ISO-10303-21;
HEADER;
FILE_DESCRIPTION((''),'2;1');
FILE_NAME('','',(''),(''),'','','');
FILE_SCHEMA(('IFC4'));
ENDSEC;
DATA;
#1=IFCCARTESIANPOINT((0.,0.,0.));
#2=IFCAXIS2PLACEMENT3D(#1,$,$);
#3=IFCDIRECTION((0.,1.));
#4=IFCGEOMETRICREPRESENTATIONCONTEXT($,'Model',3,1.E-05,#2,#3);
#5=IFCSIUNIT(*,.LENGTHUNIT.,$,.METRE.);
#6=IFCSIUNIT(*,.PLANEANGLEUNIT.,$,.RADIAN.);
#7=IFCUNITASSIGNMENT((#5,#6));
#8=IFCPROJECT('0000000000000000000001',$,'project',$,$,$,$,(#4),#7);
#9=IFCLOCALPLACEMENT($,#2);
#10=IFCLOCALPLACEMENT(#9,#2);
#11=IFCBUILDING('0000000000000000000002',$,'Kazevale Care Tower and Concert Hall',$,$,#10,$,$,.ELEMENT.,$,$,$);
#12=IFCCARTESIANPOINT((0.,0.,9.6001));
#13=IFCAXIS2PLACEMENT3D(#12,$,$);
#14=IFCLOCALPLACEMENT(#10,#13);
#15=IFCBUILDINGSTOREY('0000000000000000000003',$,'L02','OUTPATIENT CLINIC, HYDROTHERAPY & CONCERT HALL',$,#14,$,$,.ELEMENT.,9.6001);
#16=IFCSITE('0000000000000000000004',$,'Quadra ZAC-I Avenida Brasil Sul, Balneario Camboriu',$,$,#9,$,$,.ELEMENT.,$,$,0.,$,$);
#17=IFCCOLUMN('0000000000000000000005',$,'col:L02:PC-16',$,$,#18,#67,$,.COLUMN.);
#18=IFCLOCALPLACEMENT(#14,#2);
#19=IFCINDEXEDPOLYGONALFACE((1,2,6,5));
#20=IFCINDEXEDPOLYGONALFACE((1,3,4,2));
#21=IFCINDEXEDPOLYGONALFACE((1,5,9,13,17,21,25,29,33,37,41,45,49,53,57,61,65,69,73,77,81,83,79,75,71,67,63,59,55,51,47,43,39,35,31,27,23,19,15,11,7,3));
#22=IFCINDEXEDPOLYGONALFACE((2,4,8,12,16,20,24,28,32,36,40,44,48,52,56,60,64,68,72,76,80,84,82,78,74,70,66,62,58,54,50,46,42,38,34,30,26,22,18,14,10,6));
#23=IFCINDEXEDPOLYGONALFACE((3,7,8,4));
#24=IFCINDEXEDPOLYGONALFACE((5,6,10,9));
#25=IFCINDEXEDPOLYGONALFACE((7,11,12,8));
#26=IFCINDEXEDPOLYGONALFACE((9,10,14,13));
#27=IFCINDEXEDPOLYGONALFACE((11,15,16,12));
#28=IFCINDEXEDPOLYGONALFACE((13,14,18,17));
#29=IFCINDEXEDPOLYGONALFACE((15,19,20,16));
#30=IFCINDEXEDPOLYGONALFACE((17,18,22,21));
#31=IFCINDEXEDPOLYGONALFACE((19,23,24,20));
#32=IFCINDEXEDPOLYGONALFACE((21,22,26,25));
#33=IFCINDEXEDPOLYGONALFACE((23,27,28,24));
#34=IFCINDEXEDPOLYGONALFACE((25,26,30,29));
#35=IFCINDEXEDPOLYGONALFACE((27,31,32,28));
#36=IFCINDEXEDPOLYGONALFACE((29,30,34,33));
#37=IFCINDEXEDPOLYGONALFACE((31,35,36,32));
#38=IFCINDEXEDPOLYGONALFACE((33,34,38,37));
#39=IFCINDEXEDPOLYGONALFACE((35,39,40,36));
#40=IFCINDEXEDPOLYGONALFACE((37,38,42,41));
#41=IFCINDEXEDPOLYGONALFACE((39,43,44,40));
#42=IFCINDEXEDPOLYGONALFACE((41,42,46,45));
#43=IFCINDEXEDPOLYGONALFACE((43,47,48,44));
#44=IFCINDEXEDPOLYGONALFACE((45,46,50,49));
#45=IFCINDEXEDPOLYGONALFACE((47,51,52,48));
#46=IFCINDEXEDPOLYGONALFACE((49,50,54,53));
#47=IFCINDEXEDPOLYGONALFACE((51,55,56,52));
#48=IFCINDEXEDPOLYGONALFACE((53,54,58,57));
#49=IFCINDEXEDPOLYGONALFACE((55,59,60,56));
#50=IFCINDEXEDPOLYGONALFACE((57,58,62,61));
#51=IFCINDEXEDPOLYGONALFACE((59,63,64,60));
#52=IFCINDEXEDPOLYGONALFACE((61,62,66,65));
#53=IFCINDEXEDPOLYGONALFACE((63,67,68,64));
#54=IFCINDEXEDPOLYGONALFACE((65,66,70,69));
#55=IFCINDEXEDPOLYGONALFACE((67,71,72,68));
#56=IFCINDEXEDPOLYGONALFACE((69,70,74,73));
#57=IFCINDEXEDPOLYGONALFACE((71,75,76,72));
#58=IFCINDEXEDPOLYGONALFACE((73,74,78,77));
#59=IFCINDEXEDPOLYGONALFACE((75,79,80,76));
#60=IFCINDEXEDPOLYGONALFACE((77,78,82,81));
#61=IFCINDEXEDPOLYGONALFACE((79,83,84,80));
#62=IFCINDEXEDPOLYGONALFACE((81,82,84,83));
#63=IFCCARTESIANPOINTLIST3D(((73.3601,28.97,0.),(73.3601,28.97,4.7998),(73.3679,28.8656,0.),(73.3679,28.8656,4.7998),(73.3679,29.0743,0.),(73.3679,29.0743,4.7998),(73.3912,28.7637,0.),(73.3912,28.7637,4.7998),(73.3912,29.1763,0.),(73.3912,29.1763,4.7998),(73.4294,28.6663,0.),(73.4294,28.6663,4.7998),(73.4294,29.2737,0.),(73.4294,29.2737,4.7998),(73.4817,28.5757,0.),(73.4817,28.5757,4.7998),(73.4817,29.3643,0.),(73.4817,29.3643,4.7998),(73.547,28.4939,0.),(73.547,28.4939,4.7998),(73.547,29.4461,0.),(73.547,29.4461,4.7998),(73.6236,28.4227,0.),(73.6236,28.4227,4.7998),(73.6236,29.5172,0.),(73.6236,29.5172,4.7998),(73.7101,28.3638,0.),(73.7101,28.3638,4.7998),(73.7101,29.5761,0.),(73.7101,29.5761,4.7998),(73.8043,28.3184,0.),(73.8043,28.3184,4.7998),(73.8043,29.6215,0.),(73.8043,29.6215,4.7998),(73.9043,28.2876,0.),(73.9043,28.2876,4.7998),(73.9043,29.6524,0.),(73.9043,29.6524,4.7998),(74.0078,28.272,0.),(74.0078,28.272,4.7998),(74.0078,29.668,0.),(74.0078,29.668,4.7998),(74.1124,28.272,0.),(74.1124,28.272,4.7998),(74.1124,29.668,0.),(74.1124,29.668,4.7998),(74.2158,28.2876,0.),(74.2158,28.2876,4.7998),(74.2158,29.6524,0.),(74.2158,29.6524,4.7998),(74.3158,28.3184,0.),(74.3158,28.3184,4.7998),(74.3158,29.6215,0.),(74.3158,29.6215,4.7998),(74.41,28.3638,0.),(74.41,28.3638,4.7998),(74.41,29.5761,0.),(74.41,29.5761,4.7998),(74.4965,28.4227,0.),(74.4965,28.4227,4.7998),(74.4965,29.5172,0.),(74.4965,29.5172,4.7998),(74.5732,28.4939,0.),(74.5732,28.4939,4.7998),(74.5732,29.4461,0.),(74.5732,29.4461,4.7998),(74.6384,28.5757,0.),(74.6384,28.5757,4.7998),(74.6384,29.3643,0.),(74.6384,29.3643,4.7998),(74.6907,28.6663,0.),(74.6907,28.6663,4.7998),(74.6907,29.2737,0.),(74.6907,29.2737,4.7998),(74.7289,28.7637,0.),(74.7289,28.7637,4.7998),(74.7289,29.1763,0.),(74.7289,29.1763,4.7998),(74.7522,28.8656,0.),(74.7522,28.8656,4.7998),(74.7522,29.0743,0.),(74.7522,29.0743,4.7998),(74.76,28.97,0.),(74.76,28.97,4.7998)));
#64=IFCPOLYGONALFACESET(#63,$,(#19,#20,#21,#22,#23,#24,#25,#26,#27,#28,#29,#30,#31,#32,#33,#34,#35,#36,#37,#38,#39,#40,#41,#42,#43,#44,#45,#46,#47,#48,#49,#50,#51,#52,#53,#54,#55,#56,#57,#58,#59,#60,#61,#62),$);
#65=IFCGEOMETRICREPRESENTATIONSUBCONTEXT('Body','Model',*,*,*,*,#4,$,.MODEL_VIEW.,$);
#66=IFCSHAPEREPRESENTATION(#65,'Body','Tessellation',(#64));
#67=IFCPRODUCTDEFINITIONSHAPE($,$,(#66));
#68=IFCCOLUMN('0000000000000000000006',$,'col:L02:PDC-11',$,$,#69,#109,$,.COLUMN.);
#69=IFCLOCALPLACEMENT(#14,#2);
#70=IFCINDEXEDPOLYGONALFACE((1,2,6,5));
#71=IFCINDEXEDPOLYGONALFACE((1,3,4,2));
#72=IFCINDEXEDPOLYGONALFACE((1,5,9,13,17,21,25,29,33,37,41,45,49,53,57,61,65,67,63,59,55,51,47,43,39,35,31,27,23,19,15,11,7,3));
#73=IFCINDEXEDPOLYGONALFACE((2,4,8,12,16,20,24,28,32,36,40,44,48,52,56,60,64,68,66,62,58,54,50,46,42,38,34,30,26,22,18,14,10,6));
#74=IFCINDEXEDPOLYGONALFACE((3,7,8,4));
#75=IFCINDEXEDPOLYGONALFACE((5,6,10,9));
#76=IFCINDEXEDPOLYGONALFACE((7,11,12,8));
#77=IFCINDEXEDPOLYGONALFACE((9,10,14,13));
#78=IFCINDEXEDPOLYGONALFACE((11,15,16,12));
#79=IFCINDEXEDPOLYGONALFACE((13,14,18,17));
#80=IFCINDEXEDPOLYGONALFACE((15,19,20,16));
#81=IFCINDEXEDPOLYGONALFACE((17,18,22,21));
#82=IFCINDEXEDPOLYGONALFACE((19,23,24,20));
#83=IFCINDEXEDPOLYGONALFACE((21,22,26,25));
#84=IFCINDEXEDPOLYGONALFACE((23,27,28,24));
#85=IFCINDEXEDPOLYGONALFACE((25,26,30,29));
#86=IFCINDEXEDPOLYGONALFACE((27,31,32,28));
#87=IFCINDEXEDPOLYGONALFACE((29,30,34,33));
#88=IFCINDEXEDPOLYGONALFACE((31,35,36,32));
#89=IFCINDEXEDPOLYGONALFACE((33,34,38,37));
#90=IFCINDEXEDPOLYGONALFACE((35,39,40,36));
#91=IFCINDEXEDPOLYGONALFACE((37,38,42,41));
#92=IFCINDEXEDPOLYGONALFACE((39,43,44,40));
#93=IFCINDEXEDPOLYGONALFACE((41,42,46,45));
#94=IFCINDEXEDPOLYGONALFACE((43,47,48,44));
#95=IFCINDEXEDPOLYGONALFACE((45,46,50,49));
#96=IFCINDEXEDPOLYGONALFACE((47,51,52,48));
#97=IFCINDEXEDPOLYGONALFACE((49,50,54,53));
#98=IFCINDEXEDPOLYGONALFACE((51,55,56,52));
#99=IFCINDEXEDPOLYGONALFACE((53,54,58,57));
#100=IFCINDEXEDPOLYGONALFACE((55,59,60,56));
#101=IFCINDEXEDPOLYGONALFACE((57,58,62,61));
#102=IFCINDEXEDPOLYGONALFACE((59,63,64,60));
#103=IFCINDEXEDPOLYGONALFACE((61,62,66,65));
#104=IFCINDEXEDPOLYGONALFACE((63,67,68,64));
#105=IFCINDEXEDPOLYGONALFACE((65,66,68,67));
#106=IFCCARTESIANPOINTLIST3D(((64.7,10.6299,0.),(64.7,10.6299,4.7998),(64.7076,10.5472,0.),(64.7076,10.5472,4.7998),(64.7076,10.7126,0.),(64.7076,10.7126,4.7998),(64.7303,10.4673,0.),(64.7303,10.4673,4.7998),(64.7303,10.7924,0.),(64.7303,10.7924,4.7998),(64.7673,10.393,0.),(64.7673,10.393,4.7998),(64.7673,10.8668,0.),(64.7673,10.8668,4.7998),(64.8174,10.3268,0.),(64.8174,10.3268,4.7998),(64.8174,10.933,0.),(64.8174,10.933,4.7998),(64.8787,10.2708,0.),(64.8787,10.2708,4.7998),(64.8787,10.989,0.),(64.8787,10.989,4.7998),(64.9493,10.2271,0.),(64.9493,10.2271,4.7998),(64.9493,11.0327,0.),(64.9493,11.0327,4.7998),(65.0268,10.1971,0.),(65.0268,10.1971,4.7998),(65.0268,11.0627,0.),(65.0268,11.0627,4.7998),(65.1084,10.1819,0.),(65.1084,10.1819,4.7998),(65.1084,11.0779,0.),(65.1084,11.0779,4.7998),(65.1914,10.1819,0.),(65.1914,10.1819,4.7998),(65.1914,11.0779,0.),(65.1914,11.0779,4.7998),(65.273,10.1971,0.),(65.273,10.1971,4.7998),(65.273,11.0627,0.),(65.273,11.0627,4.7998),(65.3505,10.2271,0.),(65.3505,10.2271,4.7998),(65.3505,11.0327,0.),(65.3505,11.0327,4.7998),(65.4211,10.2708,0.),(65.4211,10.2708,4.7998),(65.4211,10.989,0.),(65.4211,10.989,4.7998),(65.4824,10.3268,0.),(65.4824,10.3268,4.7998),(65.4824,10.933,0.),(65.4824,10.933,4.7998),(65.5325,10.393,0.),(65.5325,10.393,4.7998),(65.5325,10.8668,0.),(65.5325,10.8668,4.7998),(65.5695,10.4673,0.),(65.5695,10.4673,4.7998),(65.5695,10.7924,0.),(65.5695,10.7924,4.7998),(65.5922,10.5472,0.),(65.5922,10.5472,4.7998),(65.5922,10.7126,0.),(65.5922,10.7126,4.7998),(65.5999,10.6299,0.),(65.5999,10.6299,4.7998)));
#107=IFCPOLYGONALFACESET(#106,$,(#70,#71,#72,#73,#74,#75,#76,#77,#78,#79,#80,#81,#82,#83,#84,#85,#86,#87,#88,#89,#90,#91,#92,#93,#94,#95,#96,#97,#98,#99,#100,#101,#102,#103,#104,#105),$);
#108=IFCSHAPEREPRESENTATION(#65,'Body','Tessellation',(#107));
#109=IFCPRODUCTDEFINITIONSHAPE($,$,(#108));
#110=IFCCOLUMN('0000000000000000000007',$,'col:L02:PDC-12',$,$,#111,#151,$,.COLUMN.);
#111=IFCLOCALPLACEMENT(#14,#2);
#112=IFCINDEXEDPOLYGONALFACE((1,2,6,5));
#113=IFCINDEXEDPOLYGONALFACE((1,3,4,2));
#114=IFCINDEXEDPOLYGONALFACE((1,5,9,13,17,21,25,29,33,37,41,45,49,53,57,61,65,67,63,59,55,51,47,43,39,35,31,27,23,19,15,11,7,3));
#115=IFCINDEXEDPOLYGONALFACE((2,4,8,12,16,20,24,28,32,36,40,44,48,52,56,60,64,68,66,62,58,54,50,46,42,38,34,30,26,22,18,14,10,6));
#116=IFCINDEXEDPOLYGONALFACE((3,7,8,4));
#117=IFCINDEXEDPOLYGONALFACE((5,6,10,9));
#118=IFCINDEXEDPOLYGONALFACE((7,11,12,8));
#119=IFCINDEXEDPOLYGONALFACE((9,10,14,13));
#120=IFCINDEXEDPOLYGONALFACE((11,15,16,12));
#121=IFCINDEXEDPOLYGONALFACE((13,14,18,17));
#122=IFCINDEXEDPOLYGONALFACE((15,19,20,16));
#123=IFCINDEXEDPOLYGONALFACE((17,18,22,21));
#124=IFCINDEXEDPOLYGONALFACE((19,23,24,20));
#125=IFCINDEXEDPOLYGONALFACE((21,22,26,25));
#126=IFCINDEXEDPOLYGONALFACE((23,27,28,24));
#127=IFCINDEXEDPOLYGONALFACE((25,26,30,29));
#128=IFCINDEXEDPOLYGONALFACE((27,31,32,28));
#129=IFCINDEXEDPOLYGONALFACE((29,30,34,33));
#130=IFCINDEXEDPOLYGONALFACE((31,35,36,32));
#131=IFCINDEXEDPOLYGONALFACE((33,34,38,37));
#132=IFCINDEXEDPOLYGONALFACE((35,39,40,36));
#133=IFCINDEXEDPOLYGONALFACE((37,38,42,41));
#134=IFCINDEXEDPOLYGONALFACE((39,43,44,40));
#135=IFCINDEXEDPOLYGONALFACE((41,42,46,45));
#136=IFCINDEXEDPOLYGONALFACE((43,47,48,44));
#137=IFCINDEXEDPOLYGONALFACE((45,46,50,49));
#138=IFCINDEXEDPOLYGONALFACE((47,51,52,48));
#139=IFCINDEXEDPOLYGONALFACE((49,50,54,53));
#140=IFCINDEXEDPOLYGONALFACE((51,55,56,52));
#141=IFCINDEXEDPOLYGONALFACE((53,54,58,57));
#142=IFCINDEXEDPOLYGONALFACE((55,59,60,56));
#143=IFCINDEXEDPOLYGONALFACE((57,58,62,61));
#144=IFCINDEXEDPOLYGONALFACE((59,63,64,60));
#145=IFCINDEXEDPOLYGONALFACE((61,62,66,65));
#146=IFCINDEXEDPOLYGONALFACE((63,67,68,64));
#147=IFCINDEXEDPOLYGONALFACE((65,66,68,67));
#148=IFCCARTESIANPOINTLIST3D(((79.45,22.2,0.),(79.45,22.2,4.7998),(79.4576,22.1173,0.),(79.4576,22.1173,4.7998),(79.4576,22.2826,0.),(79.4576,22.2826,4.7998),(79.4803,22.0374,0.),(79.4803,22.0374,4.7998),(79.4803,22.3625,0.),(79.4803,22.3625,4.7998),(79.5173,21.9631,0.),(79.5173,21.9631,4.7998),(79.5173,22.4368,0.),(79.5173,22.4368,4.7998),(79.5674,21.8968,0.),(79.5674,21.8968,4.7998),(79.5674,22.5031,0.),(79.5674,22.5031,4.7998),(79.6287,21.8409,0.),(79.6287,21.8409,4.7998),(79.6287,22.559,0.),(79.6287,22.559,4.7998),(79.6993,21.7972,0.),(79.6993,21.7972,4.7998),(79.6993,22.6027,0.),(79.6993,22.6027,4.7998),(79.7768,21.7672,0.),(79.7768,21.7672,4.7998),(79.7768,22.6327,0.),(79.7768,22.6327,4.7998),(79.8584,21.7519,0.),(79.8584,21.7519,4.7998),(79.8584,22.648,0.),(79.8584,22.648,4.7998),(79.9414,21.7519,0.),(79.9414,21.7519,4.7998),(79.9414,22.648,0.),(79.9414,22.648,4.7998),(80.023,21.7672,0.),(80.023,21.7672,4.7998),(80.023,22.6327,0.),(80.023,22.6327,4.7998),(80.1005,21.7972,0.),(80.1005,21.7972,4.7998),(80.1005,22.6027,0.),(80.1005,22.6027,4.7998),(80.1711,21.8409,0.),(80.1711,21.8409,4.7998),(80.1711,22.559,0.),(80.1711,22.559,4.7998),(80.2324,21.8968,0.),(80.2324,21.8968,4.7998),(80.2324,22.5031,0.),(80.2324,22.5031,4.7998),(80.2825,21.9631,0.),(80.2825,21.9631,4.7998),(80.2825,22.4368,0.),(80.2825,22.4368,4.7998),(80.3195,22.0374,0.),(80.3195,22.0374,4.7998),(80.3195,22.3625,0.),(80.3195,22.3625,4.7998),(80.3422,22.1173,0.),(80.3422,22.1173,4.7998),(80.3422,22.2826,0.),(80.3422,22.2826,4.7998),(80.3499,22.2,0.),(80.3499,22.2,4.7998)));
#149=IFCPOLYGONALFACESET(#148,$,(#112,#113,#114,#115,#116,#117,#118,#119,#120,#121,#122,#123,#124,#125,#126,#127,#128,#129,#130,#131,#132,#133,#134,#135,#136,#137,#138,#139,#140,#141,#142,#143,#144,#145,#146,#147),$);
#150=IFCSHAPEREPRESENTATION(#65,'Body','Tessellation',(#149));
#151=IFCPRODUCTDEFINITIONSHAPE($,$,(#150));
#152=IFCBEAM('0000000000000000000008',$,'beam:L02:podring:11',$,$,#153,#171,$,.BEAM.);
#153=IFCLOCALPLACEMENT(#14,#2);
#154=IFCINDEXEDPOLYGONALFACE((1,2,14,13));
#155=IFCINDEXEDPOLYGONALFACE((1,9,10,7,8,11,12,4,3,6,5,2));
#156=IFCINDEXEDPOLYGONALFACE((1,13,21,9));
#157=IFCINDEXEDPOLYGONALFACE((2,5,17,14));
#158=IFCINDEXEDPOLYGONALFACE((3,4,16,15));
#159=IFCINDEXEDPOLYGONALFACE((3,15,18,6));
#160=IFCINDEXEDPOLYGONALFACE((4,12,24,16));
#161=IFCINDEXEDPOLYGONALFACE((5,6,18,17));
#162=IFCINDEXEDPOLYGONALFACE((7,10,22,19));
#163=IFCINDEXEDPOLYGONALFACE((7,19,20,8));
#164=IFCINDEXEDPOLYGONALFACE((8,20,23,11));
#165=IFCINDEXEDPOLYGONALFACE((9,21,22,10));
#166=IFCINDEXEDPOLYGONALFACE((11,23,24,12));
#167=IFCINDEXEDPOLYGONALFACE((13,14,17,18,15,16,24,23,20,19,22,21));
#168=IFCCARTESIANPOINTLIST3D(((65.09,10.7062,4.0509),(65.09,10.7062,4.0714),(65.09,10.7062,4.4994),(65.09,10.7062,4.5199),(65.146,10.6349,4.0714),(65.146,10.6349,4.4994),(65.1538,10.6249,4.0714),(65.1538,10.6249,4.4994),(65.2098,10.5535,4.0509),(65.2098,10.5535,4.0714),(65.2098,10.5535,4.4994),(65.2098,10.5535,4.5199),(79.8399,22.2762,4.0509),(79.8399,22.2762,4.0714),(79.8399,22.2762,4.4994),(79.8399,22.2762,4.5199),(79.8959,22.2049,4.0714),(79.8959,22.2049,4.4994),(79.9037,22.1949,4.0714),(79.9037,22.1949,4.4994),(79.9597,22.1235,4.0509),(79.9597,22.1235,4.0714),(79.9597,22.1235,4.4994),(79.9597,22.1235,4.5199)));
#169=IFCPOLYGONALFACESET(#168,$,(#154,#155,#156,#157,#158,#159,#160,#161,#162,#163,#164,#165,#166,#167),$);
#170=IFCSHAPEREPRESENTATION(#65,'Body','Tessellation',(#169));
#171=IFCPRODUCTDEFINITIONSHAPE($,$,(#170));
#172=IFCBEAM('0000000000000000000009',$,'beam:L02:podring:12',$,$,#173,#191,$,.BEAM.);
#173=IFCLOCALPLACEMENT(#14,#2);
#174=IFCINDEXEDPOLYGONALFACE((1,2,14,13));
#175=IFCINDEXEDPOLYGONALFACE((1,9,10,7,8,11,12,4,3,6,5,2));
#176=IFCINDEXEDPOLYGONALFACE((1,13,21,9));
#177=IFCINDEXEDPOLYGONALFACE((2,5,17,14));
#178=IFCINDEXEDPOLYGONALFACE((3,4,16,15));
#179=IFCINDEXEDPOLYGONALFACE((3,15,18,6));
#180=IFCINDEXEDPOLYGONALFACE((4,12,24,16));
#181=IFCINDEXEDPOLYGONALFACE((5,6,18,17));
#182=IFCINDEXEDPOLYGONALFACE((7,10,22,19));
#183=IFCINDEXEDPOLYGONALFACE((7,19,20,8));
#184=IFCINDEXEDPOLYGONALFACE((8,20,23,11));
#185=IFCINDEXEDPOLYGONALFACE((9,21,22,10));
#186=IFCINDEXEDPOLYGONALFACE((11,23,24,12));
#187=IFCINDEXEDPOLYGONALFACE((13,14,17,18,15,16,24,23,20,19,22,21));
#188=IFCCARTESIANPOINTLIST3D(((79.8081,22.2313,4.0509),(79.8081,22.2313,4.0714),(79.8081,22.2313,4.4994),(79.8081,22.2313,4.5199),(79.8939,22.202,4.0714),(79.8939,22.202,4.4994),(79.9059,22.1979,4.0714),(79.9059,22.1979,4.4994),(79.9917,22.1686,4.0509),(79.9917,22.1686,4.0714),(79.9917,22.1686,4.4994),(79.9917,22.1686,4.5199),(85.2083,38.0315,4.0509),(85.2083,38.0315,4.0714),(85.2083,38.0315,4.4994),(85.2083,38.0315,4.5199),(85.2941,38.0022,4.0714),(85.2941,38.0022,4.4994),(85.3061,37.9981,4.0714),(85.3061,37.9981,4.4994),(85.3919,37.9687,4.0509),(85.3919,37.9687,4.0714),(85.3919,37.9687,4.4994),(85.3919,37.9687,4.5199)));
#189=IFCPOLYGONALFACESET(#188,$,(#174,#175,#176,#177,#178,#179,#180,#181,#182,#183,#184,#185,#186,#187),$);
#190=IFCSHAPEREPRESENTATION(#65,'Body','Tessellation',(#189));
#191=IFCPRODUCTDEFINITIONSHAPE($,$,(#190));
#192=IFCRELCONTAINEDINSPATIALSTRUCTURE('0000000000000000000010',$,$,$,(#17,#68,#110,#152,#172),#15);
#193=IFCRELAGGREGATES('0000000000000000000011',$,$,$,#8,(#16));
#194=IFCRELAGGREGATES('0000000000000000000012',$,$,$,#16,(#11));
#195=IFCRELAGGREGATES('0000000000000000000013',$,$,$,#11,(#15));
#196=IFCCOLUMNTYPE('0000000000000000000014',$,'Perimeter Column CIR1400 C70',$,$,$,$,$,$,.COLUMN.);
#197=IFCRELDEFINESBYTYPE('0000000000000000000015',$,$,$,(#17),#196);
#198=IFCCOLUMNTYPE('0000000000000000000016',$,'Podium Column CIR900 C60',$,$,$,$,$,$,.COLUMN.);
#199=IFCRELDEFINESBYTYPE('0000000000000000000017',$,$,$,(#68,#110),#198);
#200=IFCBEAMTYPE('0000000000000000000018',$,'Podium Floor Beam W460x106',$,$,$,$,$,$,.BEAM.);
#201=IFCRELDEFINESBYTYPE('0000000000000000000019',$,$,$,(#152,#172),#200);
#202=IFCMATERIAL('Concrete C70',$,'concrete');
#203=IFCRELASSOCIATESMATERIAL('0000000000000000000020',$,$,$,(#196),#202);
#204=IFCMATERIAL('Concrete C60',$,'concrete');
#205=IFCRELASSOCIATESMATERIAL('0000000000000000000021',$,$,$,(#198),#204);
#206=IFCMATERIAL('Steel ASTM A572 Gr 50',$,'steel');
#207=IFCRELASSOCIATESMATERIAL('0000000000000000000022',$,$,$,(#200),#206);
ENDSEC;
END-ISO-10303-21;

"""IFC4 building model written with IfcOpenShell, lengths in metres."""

from ifc_helpers import new_model, si_unit, direction, frame, origin, origin_2d, place, context, subcontext, project, spatial, circle, i_section, extrude, material, material_profile, profile_set, type_object, element, save


model = new_model("IFC4")

# Units and contexts
model_context = context("Model", 3, precision=1e-05, world=origin(), true_north=direction((0.0, 1.0)))
body_context = subcontext(model_context, "Body", "Model", "MODEL_VIEW")
ifc_project = project(units=[si_unit("LENGTHUNIT", "METRE"), si_unit("PLANEANGLEUNIT", "RADIAN")], contexts=[model_context])

# Site, building, storey
site_placement = place(None, origin())
site = spatial("IfcSite", under=ifc_project, at=site_placement, Name="Quadra ZAC-I Avenida Brasil Sul, Balneario Camboriu", CompositionType="ELEMENT", RefElevation=0.0)
building_placement = place(site_placement, origin())
building = spatial("IfcBuilding", under=site, at=building_placement, Name="Kazevale Care Tower and Concert Hall", CompositionType="ELEMENT")
storey_placement = place(building_placement, frame((0.0, 0.0, 9.6001)))
storey = spatial("IfcBuildingStorey", under=building, at=storey_placement, Name="L02", Description="OUTPATIENT CLINIC, HYDROTHERAPY & CONCERT HALL", CompositionType="ELEMENT", Elevation=9.6001)

# Columns
ifc_material_1 = material(Name="Concrete C70", Category="concrete")
ifc_material_profile_1 = material_profile(ifc_material_1, circle(Radius=0.7, at=origin_2d()), Name="RC-CIR1400")
ifc_profile_set_1 = profile_set([ifc_material_profile_1], Name="Concrete C70")
column_type_1 = type_object("IfcColumnType", Name="Perimeter Column CIR1400 C70", PredefinedType="COLUMN", material=ifc_profile_set_1)
for number, where, z_axis, x_axis, name in (
    (1, (74.0601, 28.97, 0.0), (0.0, 0.0, 1.0), (1.0, 0.0, 0.0), "col:L02:PC-16"),
):
    element("IfcColumn", number, at=place(storey_placement, frame(where, z_axis=z_axis, x_axis=x_axis)), inside=storey, type_object=column_type_1, Name=name, PredefinedType="COLUMN", context=body_context, shape_type="SweptSolid", body=[
        extrude(circle(Radius=0.7, at=origin_2d()), origin(), (0.0, 0.0, 1.0), 4.7998),
    ])
ifc_material_2 = material(Name="Concrete C60", Category="concrete")
ifc_material_profile_2 = material_profile(ifc_material_2, circle(Radius=0.45, at=origin_2d()), Name="RC-CIR900")
ifc_profile_set_2 = profile_set([ifc_material_profile_2], Name="Concrete C60")
column_type_2 = type_object("IfcColumnType", Name="Podium Column CIR900 C60", PredefinedType="COLUMN", material=ifc_profile_set_2)
for number, where, z_axis, x_axis, name in (
    (2, (65.1499, 10.6299, 0.0), (0.0, 0.0, 1.0), (1.0, 0.0, 0.0), "col:L02:PDC-11"),
    (3, (79.8999, 22.2, 0.0), (0.0, 0.0, 1.0), (1.0, 0.0, 0.0), "col:L02:PDC-12"),
):
    element("IfcColumn", number, at=place(storey_placement, frame(where, z_axis=z_axis, x_axis=x_axis)), inside=storey, type_object=column_type_2, Name=name, PredefinedType="COLUMN", context=body_context, shape_type="SweptSolid", body=[
        extrude(circle(Radius=0.45, at=origin_2d()), origin(), (0.0, 0.0, 1.0), 4.7998),
    ])

# Beams
ifc_material_3 = material(Name="Steel ASTM A572 Gr 50", Category="steel")
ifc_material_profile_3 = material_profile(ifc_material_3, i_section(OverallWidth=0.1941, OverallDepth=0.469, WebThickness=0.0127, FlangeThickness=0.0205, at=origin_2d()), Name="W460x106")
ifc_profile_set_3 = profile_set([ifc_material_profile_3], Name="Steel ASTM A572 Gr 50")
beam_type_1 = type_object("IfcBeamType", Name="Podium Floor Beam W460x106", PredefinedType="BEAM", material=ifc_profile_set_3)
beam_1_placement = place(storey_placement, frame((65.1499, 10.6299, 4.2854), z_axis=(0.786816, 0.617188, 0.0), x_axis=(-0.617188, 0.786816, 0.0)))
element("IfcBeam", 4, at=beam_1_placement, inside=storey, type_object=beam_type_1, Name="beam:L02:podring:11", PredefinedType="BEAM", context=body_context, shape_type="SweptSolid", body=[
    extrude(i_section(OverallWidth=0.1941, OverallDepth=0.469, WebThickness=0.0127, FlangeThickness=0.0205, at=origin_2d()), origin(), (0.0, 0.0, 1.0), 18.7463),
])
beam_2_placement = place(storey_placement, frame((79.8999, 22.2, 4.2854), z_axis=(0.323412, 0.946258, 0.0), x_axis=(-0.946258, 0.323412, 0.0)))
element("IfcBeam", 5, at=beam_2_placement, inside=storey, type_object=beam_type_1, Name="beam:L02:podring:12", PredefinedType="BEAM", context=body_context, shape_type="SweptSolid", body=[
    extrude(i_section(OverallWidth=0.1941, OverallDepth=0.469, WebThickness=0.0127, FlangeThickness=0.0205, at=origin_2d()), origin(), (0.0, 0.0, 1.0), 16.6975),
])

save(model, "model.ifc")
